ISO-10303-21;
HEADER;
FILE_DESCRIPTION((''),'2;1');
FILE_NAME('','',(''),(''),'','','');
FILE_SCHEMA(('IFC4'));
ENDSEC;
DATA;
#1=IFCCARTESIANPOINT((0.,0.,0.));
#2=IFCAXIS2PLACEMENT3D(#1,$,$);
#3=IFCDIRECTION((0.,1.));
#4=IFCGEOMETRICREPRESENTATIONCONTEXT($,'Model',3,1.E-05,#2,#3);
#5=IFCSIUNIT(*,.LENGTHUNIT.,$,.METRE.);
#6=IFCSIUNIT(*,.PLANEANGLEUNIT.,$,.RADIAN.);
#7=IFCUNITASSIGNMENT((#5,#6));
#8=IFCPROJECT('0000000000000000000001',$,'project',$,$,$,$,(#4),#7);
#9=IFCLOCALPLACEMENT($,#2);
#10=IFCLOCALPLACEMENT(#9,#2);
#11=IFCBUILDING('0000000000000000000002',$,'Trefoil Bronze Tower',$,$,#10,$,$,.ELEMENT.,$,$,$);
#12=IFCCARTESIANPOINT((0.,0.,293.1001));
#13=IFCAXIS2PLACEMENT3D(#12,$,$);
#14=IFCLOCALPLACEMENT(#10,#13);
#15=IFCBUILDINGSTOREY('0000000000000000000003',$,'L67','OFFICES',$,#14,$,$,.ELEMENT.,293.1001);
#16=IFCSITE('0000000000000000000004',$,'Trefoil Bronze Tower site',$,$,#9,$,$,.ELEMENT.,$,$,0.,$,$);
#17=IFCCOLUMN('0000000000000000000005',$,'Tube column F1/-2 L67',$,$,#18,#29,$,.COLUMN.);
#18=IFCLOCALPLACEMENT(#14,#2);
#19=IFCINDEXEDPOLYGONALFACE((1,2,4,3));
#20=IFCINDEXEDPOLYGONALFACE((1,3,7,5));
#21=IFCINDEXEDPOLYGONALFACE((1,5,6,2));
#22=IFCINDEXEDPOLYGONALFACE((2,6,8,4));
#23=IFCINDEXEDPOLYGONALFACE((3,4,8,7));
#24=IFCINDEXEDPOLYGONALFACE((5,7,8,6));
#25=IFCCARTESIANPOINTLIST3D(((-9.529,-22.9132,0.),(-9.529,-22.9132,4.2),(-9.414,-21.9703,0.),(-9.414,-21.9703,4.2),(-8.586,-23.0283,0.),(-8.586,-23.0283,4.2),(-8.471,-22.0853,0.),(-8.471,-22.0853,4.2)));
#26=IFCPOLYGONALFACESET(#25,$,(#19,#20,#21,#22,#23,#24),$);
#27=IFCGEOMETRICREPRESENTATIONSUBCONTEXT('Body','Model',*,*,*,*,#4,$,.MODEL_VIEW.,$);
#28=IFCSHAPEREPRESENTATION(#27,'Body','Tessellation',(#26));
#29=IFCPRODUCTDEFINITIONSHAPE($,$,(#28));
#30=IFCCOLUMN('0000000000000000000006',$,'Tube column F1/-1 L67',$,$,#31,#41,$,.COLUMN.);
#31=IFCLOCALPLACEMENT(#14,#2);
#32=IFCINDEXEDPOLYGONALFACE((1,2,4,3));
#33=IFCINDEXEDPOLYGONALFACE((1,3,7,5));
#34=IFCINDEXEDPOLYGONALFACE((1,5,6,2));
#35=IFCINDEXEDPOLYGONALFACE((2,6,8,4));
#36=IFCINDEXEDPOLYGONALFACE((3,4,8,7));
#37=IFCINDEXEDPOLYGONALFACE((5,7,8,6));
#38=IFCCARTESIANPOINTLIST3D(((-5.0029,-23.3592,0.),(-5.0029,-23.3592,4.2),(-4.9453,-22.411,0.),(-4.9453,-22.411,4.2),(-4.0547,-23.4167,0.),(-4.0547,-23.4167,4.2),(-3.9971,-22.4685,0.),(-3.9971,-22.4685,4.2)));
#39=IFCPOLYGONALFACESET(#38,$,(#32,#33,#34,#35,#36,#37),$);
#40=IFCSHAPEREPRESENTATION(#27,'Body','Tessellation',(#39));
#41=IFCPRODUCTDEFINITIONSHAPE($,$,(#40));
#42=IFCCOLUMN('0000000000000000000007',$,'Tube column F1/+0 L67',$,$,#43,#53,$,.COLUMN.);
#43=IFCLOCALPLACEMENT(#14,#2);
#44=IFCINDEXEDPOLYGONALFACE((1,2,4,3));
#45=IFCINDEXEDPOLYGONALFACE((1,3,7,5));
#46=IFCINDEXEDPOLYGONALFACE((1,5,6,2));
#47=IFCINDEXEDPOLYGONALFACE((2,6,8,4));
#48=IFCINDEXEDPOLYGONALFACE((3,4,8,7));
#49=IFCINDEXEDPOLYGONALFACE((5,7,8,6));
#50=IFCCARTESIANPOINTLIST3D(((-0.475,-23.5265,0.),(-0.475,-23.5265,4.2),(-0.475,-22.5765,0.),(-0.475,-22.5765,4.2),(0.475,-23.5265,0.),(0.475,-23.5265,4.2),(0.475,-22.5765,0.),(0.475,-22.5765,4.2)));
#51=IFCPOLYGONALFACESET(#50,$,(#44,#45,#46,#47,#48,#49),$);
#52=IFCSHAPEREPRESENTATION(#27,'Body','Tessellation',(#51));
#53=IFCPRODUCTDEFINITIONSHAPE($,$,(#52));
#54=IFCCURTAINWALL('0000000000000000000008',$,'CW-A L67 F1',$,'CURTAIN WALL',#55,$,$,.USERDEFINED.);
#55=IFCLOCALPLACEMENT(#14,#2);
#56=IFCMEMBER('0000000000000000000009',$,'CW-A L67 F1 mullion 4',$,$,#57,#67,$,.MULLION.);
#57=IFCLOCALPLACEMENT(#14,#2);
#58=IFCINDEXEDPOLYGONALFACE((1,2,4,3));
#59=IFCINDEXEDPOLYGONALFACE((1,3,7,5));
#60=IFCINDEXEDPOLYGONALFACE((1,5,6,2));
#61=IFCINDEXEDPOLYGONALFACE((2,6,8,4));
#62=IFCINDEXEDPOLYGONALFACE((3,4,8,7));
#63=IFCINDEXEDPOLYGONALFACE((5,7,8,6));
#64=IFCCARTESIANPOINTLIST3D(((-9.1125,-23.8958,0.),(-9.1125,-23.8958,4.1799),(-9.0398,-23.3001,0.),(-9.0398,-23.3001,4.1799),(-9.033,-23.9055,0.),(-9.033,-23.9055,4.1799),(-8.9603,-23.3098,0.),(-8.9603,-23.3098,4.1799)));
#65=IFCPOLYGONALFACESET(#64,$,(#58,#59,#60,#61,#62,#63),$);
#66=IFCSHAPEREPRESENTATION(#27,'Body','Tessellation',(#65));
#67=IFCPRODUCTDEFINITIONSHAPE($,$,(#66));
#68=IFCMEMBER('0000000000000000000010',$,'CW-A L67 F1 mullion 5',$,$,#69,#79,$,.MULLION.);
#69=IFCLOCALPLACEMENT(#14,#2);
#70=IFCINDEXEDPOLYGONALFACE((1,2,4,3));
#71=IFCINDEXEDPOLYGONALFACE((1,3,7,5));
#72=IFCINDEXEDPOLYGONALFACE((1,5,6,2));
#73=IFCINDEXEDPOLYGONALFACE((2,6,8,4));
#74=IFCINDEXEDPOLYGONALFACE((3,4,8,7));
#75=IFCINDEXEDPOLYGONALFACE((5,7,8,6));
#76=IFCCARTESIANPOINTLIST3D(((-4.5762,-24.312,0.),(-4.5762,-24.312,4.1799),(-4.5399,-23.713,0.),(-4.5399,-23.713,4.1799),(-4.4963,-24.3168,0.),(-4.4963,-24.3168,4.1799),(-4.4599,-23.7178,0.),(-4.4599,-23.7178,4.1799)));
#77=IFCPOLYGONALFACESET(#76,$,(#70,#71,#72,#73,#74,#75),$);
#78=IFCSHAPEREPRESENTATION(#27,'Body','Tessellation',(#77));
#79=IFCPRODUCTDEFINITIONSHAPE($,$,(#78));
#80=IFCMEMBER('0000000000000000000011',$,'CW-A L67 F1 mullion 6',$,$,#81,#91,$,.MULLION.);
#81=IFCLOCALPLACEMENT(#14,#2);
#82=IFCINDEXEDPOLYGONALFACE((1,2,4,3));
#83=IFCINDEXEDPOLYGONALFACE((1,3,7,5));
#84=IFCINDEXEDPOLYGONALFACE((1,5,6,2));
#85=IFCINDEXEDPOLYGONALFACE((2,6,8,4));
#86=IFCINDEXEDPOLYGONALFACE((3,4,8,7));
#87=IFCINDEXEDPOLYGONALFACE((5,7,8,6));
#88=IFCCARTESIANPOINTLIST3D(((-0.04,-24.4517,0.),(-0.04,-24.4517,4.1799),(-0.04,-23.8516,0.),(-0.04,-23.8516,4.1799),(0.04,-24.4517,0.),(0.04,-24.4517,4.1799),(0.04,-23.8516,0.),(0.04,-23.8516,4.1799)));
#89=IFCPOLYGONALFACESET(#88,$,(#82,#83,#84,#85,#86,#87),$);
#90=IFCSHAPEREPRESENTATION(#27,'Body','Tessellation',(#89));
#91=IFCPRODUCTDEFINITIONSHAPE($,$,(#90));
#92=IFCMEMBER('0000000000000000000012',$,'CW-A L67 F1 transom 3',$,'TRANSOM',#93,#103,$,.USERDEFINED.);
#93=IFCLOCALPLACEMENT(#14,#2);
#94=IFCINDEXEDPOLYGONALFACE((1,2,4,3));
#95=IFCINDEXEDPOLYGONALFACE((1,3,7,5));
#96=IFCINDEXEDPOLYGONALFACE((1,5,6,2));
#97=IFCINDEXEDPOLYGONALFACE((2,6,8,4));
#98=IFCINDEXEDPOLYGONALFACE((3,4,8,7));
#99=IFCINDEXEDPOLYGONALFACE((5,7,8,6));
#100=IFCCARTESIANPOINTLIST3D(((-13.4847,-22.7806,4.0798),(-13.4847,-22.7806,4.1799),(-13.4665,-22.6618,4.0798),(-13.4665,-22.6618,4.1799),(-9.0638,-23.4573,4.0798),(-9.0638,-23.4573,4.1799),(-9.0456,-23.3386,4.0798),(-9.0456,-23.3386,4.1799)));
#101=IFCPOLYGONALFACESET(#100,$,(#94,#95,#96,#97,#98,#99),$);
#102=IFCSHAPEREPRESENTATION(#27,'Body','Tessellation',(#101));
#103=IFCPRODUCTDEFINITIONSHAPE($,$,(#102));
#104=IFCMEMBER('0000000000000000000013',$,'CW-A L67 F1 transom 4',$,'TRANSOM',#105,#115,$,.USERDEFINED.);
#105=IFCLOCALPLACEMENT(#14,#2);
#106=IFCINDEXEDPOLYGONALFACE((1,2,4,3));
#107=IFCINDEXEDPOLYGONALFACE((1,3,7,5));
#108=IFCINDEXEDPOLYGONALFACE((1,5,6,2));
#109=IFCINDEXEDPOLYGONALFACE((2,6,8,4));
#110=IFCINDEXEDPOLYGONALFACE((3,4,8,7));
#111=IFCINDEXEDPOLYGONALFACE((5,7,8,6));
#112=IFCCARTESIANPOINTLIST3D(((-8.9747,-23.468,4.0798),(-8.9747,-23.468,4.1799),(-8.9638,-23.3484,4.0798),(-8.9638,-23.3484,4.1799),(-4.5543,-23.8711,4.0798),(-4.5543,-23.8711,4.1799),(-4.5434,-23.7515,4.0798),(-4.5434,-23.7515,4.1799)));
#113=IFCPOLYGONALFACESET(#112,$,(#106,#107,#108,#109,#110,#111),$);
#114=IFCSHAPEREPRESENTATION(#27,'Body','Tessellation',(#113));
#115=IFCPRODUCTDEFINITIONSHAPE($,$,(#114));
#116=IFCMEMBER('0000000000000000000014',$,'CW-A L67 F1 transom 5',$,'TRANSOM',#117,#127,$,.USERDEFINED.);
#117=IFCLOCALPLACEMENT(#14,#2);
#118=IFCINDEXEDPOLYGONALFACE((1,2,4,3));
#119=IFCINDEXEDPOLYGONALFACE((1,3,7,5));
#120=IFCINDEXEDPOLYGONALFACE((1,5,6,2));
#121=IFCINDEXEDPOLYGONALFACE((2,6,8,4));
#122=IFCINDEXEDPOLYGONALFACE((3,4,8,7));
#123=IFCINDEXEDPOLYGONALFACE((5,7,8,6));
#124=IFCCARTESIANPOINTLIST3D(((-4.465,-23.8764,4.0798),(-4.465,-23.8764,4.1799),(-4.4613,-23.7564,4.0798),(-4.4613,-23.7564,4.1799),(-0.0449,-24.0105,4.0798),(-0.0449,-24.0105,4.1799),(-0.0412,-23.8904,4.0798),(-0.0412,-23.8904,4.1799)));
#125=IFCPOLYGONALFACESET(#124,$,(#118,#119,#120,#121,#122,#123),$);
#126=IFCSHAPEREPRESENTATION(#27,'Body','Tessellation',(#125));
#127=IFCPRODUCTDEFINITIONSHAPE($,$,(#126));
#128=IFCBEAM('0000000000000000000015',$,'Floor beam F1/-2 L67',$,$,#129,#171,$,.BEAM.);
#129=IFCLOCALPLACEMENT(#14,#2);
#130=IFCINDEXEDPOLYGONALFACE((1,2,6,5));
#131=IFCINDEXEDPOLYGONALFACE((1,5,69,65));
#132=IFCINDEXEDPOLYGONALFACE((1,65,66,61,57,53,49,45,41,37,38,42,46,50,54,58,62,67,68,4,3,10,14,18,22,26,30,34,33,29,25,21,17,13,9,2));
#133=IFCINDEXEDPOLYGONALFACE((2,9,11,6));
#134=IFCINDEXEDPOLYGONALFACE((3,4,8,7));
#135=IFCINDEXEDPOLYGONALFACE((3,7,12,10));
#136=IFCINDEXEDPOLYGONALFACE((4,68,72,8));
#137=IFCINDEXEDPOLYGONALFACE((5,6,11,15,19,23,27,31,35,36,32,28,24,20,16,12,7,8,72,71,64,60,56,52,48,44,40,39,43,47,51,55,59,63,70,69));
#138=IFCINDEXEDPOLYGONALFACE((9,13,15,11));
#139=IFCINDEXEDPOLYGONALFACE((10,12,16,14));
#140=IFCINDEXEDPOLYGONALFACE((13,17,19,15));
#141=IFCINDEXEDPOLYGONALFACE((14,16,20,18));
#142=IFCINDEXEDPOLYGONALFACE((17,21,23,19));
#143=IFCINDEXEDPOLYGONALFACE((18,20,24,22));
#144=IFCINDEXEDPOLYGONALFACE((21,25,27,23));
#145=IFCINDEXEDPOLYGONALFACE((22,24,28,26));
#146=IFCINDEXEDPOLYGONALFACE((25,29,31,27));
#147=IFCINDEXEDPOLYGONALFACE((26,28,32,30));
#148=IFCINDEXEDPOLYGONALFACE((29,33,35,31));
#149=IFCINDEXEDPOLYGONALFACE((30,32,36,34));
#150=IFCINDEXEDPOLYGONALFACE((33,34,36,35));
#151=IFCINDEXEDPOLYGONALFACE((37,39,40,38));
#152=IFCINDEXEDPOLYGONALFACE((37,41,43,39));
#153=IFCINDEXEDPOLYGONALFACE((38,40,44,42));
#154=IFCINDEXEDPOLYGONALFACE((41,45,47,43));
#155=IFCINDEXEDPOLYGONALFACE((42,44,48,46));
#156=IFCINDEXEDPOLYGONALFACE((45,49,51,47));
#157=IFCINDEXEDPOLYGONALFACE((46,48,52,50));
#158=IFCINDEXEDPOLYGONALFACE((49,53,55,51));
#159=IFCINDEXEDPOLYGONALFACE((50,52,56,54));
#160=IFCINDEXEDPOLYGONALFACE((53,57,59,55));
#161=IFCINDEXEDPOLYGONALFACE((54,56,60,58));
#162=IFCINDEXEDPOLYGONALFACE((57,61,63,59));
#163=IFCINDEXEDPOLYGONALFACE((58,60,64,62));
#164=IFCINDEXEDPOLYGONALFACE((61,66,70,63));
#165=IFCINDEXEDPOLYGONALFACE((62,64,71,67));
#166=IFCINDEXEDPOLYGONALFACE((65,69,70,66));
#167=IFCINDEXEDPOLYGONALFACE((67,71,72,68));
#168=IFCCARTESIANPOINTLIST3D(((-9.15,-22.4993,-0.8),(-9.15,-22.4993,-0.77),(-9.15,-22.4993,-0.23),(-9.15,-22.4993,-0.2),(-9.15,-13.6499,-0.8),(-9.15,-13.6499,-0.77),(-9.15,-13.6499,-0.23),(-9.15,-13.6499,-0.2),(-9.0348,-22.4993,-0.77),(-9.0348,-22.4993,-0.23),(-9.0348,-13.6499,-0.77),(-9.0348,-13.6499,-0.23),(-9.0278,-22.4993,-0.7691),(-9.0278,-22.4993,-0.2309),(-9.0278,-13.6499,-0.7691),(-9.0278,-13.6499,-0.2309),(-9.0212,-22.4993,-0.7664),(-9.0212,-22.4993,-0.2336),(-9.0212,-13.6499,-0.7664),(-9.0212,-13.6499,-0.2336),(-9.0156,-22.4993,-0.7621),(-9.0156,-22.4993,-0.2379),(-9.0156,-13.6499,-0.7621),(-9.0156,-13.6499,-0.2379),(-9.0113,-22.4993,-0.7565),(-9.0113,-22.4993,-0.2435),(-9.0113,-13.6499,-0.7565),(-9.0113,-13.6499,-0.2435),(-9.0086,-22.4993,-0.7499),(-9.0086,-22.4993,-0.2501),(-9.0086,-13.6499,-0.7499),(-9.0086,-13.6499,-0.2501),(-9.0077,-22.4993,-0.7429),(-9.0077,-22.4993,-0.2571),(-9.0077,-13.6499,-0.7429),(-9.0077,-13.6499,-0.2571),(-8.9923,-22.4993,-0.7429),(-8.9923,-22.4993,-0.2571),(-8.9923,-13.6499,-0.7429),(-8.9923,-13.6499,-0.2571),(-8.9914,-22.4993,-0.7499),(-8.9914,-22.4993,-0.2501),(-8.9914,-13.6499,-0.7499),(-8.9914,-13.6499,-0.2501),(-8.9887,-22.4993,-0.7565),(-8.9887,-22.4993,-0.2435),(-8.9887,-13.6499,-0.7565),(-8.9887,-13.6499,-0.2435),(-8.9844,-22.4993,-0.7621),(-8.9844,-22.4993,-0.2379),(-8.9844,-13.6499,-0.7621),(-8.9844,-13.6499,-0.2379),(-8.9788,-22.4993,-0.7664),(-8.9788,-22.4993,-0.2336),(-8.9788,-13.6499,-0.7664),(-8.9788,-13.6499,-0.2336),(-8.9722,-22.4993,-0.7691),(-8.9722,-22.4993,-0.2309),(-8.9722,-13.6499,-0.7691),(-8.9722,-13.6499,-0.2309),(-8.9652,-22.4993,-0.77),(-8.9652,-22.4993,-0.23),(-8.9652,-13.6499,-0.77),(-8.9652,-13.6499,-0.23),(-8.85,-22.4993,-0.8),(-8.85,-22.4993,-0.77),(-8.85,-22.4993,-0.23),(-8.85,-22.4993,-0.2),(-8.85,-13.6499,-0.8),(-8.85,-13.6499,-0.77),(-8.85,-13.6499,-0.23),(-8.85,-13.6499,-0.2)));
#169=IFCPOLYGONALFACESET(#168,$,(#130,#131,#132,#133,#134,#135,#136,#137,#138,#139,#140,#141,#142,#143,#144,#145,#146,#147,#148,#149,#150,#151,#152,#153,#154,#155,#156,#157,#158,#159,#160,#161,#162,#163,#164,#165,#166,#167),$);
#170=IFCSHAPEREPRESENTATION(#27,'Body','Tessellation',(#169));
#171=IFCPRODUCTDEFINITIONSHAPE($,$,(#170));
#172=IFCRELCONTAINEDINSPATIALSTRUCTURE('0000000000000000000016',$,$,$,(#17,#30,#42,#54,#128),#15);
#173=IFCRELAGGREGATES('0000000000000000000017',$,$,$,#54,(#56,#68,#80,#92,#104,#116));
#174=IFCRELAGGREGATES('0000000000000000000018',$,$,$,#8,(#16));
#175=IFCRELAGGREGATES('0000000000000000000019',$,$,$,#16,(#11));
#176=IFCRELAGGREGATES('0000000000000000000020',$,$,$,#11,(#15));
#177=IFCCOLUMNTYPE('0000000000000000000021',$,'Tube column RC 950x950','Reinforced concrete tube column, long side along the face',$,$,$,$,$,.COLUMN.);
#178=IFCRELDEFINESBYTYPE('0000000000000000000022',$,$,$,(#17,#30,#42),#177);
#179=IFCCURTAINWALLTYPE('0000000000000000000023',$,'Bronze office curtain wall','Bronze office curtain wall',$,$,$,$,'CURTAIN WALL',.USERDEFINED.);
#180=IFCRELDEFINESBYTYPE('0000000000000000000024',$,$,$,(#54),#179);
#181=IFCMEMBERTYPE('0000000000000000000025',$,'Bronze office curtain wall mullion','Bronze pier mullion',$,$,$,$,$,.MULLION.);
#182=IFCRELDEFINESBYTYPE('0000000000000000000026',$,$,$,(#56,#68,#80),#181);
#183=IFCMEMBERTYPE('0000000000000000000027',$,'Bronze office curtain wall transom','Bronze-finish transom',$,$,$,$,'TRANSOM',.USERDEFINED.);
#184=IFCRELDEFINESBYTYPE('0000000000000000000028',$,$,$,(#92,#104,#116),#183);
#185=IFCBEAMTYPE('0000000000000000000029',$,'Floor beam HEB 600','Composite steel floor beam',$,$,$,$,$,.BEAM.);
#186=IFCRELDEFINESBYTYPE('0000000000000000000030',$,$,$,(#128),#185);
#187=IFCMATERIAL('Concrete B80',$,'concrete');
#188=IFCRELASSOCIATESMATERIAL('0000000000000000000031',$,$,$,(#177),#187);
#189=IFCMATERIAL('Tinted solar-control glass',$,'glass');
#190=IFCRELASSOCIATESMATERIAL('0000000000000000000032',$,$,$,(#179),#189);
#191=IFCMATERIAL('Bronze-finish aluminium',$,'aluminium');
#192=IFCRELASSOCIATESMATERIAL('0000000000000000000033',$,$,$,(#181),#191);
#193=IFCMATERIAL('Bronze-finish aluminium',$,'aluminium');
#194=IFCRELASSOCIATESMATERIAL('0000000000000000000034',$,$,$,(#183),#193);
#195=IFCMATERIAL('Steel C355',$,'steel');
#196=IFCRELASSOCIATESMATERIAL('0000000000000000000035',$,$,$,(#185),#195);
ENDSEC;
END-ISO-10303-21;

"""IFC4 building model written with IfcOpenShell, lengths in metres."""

from ifc_helpers import new_model, si_unit, direction, frame, origin, origin_2d, place, context, subcontext, project, spatial, rectangle, i_section, extrude, material, material_profile, profile_set, type_object, element, aggregate, save


model = new_model("IFC4")

# Units and contexts
model_context = context("Model", 3, precision=1e-05, world=origin(), true_north=direction((0.0, 1.0)))
body_context = subcontext(model_context, "Body", "Model", "MODEL_VIEW")
ifc_project = project(units=[si_unit("LENGTHUNIT", "METRE"), si_unit("PLANEANGLEUNIT", "RADIAN")], contexts=[model_context])

# Site, building, storey
site_placement = place(None, origin())
site = spatial("IfcSite", under=ifc_project, at=site_placement, Name="Trefoil Bronze Tower site", CompositionType="ELEMENT", RefElevation=0.0)
building_placement = place(site_placement, origin())
building = spatial("IfcBuilding", under=site, at=building_placement, Name="Trefoil Bronze Tower", CompositionType="ELEMENT")
storey_placement = place(building_placement, frame((0.0, 0.0, 293.1001)))
storey = spatial("IfcBuildingStorey", under=building, at=storey_placement, Name="L67", Description="OFFICES", CompositionType="ELEMENT", Elevation=293.1001)

# Columns
ifc_material_1 = material(Name="Concrete B80", Category="concrete")
ifc_material_profile_1 = material_profile(ifc_material_1, rectangle(XDim=0.95, YDim=0.95, at=origin_2d()), Name="RC 950x950")
ifc_profile_set_1 = profile_set([ifc_material_profile_1], Name="Concrete B80")
column_type = type_object("IfcColumnType", Name="Tube column RC 950x950", Description="Reinforced concrete tube column, long side along the face", PredefinedType="COLUMN", material=ifc_profile_set_1)
for number, where, z_axis, x_axis, name in (
    (1, (-9.0, -22.4993, 0.0), (0.0, 0.0, 1.0), (0.992639, -0.121109, 0.0), "Tube column F1/-2 L67"),
    (2, (-4.5, -22.9138, 0.0), (0.0, 0.0, 1.0), (0.998165, -0.060554, 0.0), "Tube column F1/-1 L67"),
    (3, (0.0, -23.0515, 0.0), (0.0, 0.0, 1.0), (1.0, 0.0, 0.0), "Tube column F1/+0 L67"),
):
    element("IfcColumn", number, at=place(storey_placement, frame(where, z_axis=z_axis, x_axis=x_axis)), inside=storey, type_object=column_type, Name=name, PredefinedType="COLUMN", context=body_context, shape_type="SweptSolid", body=[
        extrude(rectangle(XDim=0.95, YDim=0.95, at=origin_2d()), origin(), (0.0, 0.0, 1.0), 4.2),
    ])

# Curtain wall, members
ifc_material_2 = material(Name="Tinted solar-control glass", Category="glass")
curtain_wall_type = type_object("IfcCurtainWallType", Name="Bronze office curtain wall", Description="Bronze office curtain wall", ElementType="CURTAIN WALL", PredefinedType="USERDEFINED", material=ifc_material_2)
curtain_wall_placement = place(storey_placement, origin())
curtain_wall = element("IfcCurtainWall", 4, at=curtain_wall_placement, inside=storey, type_object=curtain_wall_type, Name="CW-A L67 F1", ObjectType="CURTAIN WALL", PredefinedType="USERDEFINED")
ifc_material_3 = material(Name="Bronze-finish aluminium", Category="aluminium")
ifc_material_profile_2 = material_profile(ifc_material_3, rectangle(XDim=0.6001, YDim=0.0801, at=origin_2d()), Name="CW-A mullion")
ifc_profile_set_2 = profile_set([ifc_material_profile_2], Name="Bronze-finish aluminium")
member_type_1 = type_object("IfcMemberType", Name="Bronze office curtain wall mullion", Description="Bronze pier mullion", PredefinedType="MULLION", material=ifc_profile_set_2)
member_1_placement = place(storey_placement, frame((-9.0364, -23.6028, 0.0), z_axis=(0.0, 0.0, 1.0), x_axis=(0.121109, 0.992639, 0.0)))
member_1 = element("IfcMember", 5, at=member_1_placement, type_object=member_type_1, Name="CW-A L67 F1 mullion 4", PredefinedType="MULLION", context=body_context, shape_type="SweptSolid", body=[
    extrude(rectangle(XDim=0.6001, YDim=0.0801, at=origin_2d()), origin(), (0.0, 0.0, 1.0), 4.1799),
])
member_2_placement = place(storey_placement, frame((-4.5181, -24.0149, 0.0), z_axis=(0.0, 0.0, 1.0), x_axis=(0.060554, 0.998165, 0.0)))
member_2 = element("IfcMember", 6, at=member_2_placement, type_object=member_type_1, Name="CW-A L67 F1 mullion 5", PredefinedType="MULLION", context=body_context, shape_type="SweptSolid", body=[
    extrude(rectangle(XDim=0.6001, YDim=0.0801, at=origin_2d()), origin(), (0.0, 0.0, 1.0), 4.1799),
])
member_3_placement = place(storey_placement, frame((0.0, -24.1516, 0.0), z_axis=(0.0, 0.0, 1.0), x_axis=(0.0, 1.0, 0.0)))
member_3 = element("IfcMember", 7, at=member_3_placement, type_object=member_type_1, Name="CW-A L67 F1 mullion 6", PredefinedType="MULLION", context=body_context, shape_type="SweptSolid", body=[
    extrude(rectangle(XDim=0.6001, YDim=0.0801, at=origin_2d()), origin(), (0.0, 0.0, 1.0), 4.1799),
])
ifc_material_4 = material(Name="Bronze-finish aluminium", Category="aluminium")
ifc_material_profile_3 = material_profile(ifc_material_4, rectangle(XDim=0.1201, YDim=0.1001, at=origin_2d()), Name="CW-A transom")
ifc_profile_set_3 = profile_set([ifc_material_profile_3], Name="Bronze-finish aluminium")
member_type_2 = type_object("IfcMemberType", Name="Bronze office curtain wall transom", Description="Bronze-finish transom", ElementType="TRANSOM", PredefinedType="USERDEFINED", material=ifc_profile_set_3)
member_4_placement = place(storey_placement, frame((-13.4756, -22.7212, 4.1299), z_axis=(0.988485, -0.151319, 0.0), x_axis=(0.151319, 0.988485, 0.0)))
member_4 = element("IfcMember", 8, at=member_4_placement, type_object=member_type_2, Name="CW-A L67 F1 transom 3", ObjectType="TRANSOM", PredefinedType="USERDEFINED", context=body_context, shape_type="SweptSolid", body=[
    extrude(rectangle(XDim=0.1201, YDim=0.1001, at=origin_2d()), origin(), (0.0, 0.0, 1.0), 4.4724),
])
member_5_placement = place(storey_placement, frame((-8.9692, -23.4082, 4.1299), z_axis=(0.995868, -0.090808, 0.0), x_axis=(0.090808, 0.995868, 0.0)))
member_5 = element("IfcMember", 9, at=member_5_placement, type_object=member_type_2, Name="CW-A L67 F1 transom 4", ObjectType="TRANSOM", PredefinedType="USERDEFINED", context=body_context, shape_type="SweptSolid", body=[
    extrude(rectangle(XDim=0.1201, YDim=0.1001, at=origin_2d()), origin(), (0.0, 0.0, 1.0), 4.4387),
])
member_6_placement = place(storey_placement, frame((-4.4631, -23.8164, 4.1299), z_axis=(0.999541, -0.030309, 0.0), x_axis=(0.030309, 0.999541, 0.0)))
member_6 = element("IfcMember", 10, at=member_6_placement, type_object=member_type_2, Name="CW-A L67 F1 transom 5", ObjectType="TRANSOM", PredefinedType="USERDEFINED", context=body_context, shape_type="SweptSolid", body=[
    extrude(rectangle(XDim=0.1201, YDim=0.1001, at=origin_2d()), origin(), (0.0, 0.0, 1.0), 4.4221),
])

# Beam
ifc_material_5 = material(Name="Steel C355", Category="steel")
ifc_material_profile_4 = material_profile(ifc_material_5, i_section(OverallWidth=0.3, OverallDepth=0.6001, WebThickness=0.0154, FlangeThickness=0.03, FilletRadius=0.0271, at=origin_2d()), Name="HEB 600")
ifc_profile_set_4 = profile_set([ifc_material_profile_4], Name="Steel C355")
beam_type_1 = type_object("IfcBeamType", Name="Floor beam HEB 600", Description="Composite steel floor beam", PredefinedType="BEAM", material=ifc_profile_set_4)
beam_1_placement = place(storey_placement, frame((-9.0, -22.4993, -0.5), z_axis=(0.0, 1.0, 0.0), x_axis=(-1.0, 0.0, 0.0)))
element("IfcBeam", 11, at=beam_1_placement, inside=storey, type_object=beam_type_1, Name="Floor beam F1/-2 L67", PredefinedType="BEAM", context=body_context, shape_type="SweptSolid", body=[
    extrude(i_section(OverallWidth=0.3, OverallDepth=0.6001, WebThickness=0.0154, FlangeThickness=0.03, FilletRadius=0.0271, at=origin_2d()), origin(), (0.0, 0.0, 1.0), 8.8494),
])

aggregate(curtain_wall, [member_1, member_2, member_3, member_4, member_5, member_6])

save(model, "model.ifc")
